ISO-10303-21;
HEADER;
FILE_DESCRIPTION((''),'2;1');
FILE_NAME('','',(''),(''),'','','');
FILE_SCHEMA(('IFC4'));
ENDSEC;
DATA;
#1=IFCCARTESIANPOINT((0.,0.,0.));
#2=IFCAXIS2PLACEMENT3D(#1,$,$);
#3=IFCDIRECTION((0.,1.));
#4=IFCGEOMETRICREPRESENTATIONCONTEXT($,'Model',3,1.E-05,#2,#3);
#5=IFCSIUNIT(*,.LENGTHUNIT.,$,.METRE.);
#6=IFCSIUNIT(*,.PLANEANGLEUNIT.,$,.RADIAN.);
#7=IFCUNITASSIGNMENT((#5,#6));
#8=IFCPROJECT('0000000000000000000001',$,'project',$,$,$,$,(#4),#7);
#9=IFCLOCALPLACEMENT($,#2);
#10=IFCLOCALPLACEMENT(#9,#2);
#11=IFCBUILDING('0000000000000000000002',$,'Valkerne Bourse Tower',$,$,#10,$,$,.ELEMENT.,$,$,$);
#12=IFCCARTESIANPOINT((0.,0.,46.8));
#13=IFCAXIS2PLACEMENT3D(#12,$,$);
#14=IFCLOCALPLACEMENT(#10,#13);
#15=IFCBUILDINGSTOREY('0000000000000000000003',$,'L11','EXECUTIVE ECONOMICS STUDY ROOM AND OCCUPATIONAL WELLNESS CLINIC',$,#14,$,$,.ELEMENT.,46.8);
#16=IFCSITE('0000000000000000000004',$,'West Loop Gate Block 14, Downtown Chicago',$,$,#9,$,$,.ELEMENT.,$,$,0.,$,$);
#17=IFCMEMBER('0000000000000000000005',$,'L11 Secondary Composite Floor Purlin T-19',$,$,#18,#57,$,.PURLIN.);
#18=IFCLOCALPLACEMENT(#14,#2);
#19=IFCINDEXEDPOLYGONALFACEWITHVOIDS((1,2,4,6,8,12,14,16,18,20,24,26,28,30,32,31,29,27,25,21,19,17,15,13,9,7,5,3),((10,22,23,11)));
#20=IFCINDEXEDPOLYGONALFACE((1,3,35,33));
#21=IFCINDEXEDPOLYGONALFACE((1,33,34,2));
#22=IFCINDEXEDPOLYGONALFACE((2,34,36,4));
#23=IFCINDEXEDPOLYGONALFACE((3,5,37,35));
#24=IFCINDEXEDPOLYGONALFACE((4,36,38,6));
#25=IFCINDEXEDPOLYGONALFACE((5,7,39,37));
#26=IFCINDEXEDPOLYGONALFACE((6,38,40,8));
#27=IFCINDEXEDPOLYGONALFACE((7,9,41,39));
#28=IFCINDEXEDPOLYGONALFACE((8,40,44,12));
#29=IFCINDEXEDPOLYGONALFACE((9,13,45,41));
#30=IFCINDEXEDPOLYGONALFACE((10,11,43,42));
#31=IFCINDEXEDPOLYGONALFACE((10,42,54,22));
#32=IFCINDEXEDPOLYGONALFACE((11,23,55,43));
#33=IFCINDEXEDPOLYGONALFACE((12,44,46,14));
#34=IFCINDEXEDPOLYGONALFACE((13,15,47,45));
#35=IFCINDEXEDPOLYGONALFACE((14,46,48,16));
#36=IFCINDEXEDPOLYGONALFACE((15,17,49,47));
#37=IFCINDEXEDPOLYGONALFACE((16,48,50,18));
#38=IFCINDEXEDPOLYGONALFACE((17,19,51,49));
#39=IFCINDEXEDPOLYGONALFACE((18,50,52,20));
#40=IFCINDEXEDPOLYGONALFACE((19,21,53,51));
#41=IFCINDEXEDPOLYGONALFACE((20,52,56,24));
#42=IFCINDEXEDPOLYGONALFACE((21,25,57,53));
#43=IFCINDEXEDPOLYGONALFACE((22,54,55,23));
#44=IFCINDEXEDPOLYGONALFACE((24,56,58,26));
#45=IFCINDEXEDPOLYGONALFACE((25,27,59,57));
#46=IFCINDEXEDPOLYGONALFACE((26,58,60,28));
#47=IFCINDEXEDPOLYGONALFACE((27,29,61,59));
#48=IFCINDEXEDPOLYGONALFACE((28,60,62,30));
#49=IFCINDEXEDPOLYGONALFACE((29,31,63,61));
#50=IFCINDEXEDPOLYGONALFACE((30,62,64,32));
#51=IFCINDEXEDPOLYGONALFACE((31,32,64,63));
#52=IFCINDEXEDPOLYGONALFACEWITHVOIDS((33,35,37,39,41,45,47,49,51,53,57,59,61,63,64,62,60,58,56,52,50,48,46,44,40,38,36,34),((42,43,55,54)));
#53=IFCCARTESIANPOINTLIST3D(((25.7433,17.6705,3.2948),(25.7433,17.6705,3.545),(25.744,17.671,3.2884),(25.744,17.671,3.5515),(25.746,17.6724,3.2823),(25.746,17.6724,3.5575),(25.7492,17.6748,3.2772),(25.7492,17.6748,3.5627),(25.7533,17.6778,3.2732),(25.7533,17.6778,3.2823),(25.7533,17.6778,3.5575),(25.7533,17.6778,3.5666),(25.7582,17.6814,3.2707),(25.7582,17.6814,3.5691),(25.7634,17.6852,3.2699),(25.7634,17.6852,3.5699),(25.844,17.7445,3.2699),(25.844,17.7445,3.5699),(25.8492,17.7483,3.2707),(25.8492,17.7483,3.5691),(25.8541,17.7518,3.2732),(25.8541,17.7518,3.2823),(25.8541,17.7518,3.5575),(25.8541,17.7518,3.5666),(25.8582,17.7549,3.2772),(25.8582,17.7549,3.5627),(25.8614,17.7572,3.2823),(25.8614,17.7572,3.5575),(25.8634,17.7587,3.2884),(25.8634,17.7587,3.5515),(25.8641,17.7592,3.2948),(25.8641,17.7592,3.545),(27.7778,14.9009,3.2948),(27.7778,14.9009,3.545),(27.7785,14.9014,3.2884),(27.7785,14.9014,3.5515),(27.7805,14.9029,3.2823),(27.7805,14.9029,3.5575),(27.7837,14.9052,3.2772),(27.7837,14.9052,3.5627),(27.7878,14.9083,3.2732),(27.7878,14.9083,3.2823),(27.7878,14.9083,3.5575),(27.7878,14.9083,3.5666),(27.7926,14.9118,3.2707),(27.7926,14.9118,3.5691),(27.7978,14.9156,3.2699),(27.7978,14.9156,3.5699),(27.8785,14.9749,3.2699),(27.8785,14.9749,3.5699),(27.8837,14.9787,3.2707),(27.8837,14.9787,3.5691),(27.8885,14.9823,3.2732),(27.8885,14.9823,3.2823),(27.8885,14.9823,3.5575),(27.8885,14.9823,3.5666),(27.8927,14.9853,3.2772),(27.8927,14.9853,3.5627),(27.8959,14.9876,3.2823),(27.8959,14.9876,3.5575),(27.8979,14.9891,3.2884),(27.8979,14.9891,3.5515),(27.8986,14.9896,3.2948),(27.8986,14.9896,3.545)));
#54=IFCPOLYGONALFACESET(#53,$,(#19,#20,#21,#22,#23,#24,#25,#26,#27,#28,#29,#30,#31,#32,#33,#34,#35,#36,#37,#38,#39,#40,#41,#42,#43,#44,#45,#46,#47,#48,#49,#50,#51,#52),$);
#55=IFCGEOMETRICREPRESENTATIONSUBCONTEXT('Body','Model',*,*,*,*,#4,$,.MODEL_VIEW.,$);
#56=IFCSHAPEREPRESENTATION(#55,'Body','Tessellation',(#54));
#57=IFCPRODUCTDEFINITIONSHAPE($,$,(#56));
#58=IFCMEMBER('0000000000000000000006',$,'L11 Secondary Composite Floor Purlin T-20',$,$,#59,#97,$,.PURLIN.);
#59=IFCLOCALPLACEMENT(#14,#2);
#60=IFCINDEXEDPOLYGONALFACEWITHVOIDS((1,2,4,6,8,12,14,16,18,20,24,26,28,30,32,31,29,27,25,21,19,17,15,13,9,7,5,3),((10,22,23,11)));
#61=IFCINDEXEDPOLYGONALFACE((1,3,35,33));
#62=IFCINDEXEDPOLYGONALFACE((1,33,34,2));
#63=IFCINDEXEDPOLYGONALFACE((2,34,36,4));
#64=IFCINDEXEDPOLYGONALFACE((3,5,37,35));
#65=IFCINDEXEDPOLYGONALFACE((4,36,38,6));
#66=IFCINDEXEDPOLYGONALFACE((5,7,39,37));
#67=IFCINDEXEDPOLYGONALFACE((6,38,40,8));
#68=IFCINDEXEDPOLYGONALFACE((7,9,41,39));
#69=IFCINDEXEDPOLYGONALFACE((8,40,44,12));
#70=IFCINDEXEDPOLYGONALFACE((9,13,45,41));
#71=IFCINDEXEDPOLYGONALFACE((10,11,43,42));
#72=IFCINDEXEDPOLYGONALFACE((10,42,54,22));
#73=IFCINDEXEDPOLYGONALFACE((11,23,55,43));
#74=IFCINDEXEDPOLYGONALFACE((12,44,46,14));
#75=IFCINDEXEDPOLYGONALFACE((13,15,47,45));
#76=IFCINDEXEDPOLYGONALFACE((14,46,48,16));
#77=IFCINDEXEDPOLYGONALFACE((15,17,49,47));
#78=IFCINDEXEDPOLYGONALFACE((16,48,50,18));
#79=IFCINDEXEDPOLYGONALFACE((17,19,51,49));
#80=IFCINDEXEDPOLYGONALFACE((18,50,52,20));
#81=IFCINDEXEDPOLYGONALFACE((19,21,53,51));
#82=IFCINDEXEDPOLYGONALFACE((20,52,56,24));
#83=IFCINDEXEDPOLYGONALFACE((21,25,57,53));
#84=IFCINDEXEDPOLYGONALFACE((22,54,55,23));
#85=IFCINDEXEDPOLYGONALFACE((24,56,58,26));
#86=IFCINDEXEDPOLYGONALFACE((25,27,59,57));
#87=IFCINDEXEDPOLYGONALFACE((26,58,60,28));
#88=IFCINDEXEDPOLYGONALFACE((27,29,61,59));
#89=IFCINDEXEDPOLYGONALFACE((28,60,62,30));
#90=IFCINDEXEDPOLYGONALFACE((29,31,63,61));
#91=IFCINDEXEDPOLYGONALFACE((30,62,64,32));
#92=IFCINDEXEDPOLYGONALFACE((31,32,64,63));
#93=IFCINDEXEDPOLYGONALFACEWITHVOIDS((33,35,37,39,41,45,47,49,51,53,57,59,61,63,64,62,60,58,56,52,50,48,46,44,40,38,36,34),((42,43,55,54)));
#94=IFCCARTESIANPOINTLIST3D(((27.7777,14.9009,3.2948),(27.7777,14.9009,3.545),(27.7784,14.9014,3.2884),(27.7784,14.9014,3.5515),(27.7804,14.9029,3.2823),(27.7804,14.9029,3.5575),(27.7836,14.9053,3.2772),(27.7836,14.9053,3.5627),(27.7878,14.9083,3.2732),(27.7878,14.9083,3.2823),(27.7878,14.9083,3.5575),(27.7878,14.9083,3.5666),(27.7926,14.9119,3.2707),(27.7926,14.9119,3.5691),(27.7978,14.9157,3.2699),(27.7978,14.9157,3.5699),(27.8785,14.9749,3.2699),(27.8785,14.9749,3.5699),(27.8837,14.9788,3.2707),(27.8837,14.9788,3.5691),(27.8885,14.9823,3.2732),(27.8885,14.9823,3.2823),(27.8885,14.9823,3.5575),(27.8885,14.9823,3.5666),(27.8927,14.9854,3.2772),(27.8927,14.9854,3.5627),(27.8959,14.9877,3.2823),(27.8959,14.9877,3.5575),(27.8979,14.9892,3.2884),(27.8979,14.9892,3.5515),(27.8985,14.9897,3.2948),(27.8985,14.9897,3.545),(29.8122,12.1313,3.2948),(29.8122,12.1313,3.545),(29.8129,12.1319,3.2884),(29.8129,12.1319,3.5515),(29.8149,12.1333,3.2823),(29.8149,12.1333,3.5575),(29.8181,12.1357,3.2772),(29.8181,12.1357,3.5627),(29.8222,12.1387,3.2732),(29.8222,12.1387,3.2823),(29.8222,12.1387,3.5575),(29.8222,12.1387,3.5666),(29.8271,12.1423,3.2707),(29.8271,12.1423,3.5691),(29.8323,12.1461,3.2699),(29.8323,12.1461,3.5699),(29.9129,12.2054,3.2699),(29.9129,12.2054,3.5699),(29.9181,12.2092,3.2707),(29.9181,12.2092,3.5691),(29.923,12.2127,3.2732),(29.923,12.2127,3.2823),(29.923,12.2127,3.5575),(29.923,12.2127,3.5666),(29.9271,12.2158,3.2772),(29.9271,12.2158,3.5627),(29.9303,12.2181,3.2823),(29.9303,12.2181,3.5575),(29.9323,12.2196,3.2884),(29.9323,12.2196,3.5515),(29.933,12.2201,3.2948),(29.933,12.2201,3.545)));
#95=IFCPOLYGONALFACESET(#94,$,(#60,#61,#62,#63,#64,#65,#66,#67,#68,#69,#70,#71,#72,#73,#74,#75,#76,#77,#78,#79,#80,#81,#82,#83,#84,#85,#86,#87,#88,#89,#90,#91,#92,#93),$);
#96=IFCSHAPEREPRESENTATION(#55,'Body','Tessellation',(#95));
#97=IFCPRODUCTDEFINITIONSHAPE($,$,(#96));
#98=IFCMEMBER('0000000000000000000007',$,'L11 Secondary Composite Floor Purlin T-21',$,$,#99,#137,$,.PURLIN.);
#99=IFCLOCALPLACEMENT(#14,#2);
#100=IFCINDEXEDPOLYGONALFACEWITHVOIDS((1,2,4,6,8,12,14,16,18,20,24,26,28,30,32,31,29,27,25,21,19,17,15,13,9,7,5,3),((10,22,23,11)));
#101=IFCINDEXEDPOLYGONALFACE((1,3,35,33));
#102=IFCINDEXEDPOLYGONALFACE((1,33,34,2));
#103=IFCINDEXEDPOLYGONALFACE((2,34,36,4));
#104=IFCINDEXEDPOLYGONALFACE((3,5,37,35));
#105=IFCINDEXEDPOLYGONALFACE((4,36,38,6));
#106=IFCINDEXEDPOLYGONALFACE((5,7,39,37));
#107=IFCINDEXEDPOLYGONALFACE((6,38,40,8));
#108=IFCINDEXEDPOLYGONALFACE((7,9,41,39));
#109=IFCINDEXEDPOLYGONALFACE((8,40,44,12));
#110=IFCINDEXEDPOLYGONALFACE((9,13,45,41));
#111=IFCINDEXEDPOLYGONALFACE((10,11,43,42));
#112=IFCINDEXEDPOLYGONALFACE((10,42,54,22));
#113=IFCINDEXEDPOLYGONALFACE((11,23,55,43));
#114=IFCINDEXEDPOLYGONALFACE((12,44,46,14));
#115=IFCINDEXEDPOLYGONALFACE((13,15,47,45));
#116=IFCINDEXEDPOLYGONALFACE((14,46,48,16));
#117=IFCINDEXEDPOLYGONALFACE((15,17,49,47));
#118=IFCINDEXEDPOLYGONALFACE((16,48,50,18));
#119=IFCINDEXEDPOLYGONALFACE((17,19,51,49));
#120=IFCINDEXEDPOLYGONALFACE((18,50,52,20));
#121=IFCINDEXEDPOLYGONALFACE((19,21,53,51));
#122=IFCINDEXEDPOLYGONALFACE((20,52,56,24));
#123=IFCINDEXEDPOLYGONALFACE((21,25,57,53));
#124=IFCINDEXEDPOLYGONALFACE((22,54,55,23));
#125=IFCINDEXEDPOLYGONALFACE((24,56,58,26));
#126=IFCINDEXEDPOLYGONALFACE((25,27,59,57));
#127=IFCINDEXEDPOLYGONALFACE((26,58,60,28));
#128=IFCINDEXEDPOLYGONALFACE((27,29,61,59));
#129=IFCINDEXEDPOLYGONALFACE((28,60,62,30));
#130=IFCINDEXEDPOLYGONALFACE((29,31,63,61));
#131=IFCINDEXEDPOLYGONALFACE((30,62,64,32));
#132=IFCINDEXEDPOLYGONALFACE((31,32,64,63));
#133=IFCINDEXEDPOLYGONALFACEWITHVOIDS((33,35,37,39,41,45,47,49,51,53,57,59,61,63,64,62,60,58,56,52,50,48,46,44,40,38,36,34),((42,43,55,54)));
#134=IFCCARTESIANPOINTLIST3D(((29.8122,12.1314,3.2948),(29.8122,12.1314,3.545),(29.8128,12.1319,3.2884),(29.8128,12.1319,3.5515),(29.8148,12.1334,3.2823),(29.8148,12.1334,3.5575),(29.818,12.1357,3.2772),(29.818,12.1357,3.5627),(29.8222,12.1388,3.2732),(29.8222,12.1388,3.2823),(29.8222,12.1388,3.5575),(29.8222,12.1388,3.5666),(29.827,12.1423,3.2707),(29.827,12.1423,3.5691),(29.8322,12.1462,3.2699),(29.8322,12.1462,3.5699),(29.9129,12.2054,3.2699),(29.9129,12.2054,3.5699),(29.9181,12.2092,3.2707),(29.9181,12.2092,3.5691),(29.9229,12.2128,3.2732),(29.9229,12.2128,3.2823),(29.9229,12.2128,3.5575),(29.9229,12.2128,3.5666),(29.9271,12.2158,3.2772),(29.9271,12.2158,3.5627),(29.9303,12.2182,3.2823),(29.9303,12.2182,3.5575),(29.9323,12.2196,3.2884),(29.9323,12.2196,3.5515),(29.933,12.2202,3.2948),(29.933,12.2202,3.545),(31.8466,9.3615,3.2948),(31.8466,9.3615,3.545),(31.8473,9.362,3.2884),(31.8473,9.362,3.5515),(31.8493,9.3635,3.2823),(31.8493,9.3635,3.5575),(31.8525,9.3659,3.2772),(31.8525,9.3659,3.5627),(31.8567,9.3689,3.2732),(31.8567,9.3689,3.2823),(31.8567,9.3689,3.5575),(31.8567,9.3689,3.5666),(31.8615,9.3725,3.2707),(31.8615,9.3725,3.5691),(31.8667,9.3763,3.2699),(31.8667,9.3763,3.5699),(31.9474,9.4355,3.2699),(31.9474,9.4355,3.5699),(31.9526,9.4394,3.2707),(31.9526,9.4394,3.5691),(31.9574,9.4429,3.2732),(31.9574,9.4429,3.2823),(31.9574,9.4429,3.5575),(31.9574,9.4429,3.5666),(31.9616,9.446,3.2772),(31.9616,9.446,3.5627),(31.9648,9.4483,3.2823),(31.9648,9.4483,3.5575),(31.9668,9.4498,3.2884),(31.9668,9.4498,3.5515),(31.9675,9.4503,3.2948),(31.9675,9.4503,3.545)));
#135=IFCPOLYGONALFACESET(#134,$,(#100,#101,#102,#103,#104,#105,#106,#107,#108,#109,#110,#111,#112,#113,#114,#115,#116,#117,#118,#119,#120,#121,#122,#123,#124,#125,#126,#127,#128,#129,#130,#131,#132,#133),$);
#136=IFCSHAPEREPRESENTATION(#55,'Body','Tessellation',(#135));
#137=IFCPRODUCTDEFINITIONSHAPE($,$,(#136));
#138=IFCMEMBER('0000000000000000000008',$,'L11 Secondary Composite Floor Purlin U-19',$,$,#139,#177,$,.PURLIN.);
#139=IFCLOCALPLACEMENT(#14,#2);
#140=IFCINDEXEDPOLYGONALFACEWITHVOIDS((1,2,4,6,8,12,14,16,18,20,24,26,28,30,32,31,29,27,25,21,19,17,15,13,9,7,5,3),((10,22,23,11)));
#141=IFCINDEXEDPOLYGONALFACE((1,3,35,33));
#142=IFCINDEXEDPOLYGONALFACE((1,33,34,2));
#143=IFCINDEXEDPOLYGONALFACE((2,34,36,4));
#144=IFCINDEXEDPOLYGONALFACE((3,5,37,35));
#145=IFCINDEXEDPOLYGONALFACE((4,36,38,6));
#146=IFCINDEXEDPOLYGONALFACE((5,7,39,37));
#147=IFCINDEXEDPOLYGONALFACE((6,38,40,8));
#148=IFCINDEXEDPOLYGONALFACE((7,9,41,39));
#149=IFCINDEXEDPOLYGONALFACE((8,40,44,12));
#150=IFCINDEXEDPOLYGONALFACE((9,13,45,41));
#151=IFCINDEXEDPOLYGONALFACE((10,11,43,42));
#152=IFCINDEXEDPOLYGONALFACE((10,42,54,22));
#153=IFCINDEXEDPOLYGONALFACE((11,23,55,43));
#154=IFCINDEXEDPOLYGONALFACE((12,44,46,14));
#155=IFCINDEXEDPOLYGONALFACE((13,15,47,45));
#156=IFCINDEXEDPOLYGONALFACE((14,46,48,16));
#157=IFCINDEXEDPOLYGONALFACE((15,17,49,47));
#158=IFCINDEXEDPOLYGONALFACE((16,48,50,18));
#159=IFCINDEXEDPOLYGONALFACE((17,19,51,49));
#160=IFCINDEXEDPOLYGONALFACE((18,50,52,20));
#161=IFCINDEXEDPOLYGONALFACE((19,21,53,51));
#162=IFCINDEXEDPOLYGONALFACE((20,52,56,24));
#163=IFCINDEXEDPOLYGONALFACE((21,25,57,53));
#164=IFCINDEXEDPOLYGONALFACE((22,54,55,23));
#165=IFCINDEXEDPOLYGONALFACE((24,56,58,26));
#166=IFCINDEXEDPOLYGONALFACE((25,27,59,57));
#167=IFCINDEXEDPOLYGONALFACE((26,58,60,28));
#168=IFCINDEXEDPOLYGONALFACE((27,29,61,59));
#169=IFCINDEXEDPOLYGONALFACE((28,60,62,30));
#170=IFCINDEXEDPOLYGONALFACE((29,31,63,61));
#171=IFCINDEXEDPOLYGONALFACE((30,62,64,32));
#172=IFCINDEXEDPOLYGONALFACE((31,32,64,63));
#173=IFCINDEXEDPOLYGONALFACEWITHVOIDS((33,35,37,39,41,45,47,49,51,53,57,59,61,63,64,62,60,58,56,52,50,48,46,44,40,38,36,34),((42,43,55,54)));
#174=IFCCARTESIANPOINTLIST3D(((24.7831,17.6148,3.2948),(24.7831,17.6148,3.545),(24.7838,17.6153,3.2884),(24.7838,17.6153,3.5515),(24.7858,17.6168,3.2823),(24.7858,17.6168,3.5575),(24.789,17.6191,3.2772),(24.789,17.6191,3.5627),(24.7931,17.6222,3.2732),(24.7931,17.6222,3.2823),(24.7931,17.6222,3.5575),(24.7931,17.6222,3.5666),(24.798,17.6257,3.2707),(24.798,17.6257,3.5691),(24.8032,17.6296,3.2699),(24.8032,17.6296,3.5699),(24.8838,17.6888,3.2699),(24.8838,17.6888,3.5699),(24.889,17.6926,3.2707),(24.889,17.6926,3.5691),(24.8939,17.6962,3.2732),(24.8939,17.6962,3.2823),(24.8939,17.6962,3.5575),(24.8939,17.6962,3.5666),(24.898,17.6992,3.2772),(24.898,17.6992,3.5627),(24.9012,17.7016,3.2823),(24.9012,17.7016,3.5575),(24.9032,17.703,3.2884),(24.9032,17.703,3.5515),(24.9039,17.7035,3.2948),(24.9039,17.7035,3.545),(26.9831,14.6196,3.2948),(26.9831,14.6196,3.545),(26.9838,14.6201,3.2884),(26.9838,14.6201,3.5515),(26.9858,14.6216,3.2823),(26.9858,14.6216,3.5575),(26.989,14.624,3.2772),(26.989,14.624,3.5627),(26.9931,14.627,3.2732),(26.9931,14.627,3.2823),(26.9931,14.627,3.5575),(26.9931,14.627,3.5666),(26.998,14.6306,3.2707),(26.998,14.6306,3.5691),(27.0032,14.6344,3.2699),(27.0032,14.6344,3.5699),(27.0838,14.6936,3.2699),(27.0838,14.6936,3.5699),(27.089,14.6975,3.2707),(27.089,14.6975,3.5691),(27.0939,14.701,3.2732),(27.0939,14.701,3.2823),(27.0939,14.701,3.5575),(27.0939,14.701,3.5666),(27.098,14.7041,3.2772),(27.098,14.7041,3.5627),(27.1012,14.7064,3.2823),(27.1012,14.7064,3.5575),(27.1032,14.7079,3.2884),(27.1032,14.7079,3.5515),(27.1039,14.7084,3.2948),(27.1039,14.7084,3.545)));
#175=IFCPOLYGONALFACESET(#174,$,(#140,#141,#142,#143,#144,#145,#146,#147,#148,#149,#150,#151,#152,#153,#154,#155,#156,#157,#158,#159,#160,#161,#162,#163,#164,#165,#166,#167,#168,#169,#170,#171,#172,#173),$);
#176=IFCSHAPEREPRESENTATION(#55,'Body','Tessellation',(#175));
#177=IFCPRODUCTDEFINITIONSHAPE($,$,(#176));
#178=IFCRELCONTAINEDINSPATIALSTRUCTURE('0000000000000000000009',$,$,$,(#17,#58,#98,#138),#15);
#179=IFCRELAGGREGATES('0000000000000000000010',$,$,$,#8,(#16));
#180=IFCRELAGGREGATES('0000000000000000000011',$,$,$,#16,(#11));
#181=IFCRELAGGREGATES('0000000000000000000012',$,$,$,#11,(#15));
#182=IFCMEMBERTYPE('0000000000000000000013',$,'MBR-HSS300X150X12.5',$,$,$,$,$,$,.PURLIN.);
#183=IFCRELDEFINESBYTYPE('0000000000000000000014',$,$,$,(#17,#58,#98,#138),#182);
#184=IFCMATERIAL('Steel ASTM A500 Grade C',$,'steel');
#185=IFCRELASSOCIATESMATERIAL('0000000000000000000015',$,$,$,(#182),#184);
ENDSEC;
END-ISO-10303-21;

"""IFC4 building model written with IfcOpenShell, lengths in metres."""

from ifc_helpers import new_model, si_unit, direction, frame, origin, origin_2d, place, context, subcontext, project, spatial, hollow_rectangle, extrude, material, material_profile, profile_set, type_object, element, save


model = new_model("IFC4")

# Units and contexts
model_context = context("Model", 3, precision=1e-05, world=origin(), true_north=direction((0.0, 1.0)))
body_context = subcontext(model_context, "Body", "Model", "MODEL_VIEW")
ifc_project = project(units=[si_unit("LENGTHUNIT", "METRE"), si_unit("PLANEANGLEUNIT", "RADIAN")], contexts=[model_context])

# Site, building, storey
site_placement = place(None, origin())
site = spatial("IfcSite", under=ifc_project, at=site_placement, Name="West Loop Gate Block 14, Downtown Chicago", CompositionType="ELEMENT", RefElevation=0.0)
building_placement = place(site_placement, origin())
building = spatial("IfcBuilding", under=site, at=building_placement, Name="Valkerne Bourse Tower", CompositionType="ELEMENT")
storey_placement = place(building_placement, frame((0.0, 0.0, 46.8)))
storey = spatial("IfcBuildingStorey", under=building, at=storey_placement, Name="L11", Description="EXECUTIVE ECONOMICS STUDY ROOM AND OCCUPATIONAL WELLNESS CLINIC", CompositionType="ELEMENT", Elevation=46.8)

# Members
ifc_material_1 = material(Name="Steel ASTM A500 Grade C", Category="steel")
ifc_material_profile_1 = material_profile(ifc_material_1, hollow_rectangle(XDim=0.1499, YDim=0.3, WallThickness=0.0125, OuterFilletRadius=0.0249, at=origin_2d()), Name="HSS300X150X12.5")
ifc_profile_set_1 = profile_set([ifc_material_profile_1], Name="Steel ASTM A500 Grade C")
member_type_1 = type_object("IfcMemberType", Name="MBR-HSS300X150X12.5", PredefinedType="PURLIN", material=ifc_profile_set_1)
for number, where, z_axis, x_axis, name in (
    (1, (25.8037, 17.7148, 3.4199), (0.592013, -0.805928, 0.0), (0.805928, 0.592013, 0.0), "L11 Secondary Composite Floor Purlin T-19"),
    (2, (27.8381, 14.9453, 3.4199), (0.592013, -0.805928, 0.0), (0.805928, 0.592013, 0.0), "L11 Secondary Composite Floor Purlin T-20"),
):
    element("IfcMember", number, at=place(storey_placement, frame(where, z_axis=z_axis, x_axis=x_axis)), inside=storey, type_object=member_type_1, Name=name, PredefinedType="PURLIN", context=body_context, shape_type="SweptSolid", body=[
        extrude(hollow_rectangle(XDim=0.1499, YDim=0.3, WallThickness=0.0125, OuterFilletRadius=0.0249, at=origin_2d()), origin(), (0.0, 0.0, 1.0), 3.4365),
    ])
member_1_placement = place(storey_placement, frame((29.8726, 12.1758, 3.4199), z_axis=(0.591979, -0.805953, 0.0), x_axis=(0.805953, 0.591979, 0.0)))
element("IfcMember", 3, at=member_1_placement, inside=storey, type_object=member_type_1, Name="L11 Secondary Composite Floor Purlin T-21", PredefinedType="PURLIN", context=body_context, shape_type="SweptSolid", body=[
    extrude(hollow_rectangle(XDim=0.1499, YDim=0.3, WallThickness=0.0125, OuterFilletRadius=0.0249, at=origin_2d()), origin(), (0.0, 0.0, 1.0), 3.4368),
])
for number, where, z_axis, x_axis, name in (
    (4, (24.8435, 17.6592, 3.4199), (0.591982, -0.805952, 0.0), (0.805952, 0.591982, 0.0), "L11 Secondary Composite Floor Purlin U-19"),
):
    element("IfcMember", number, at=place(storey_placement, frame(where, z_axis=z_axis, x_axis=x_axis)), inside=storey, type_object=member_type_1, Name=name, PredefinedType="PURLIN", context=body_context, shape_type="SweptSolid", body=[
        extrude(hollow_rectangle(XDim=0.1499, YDim=0.3, WallThickness=0.0125, OuterFilletRadius=0.0249, at=origin_2d()), origin(), (0.0, 0.0, 1.0), 3.7163),
    ])

save(model, "model.ifc")
